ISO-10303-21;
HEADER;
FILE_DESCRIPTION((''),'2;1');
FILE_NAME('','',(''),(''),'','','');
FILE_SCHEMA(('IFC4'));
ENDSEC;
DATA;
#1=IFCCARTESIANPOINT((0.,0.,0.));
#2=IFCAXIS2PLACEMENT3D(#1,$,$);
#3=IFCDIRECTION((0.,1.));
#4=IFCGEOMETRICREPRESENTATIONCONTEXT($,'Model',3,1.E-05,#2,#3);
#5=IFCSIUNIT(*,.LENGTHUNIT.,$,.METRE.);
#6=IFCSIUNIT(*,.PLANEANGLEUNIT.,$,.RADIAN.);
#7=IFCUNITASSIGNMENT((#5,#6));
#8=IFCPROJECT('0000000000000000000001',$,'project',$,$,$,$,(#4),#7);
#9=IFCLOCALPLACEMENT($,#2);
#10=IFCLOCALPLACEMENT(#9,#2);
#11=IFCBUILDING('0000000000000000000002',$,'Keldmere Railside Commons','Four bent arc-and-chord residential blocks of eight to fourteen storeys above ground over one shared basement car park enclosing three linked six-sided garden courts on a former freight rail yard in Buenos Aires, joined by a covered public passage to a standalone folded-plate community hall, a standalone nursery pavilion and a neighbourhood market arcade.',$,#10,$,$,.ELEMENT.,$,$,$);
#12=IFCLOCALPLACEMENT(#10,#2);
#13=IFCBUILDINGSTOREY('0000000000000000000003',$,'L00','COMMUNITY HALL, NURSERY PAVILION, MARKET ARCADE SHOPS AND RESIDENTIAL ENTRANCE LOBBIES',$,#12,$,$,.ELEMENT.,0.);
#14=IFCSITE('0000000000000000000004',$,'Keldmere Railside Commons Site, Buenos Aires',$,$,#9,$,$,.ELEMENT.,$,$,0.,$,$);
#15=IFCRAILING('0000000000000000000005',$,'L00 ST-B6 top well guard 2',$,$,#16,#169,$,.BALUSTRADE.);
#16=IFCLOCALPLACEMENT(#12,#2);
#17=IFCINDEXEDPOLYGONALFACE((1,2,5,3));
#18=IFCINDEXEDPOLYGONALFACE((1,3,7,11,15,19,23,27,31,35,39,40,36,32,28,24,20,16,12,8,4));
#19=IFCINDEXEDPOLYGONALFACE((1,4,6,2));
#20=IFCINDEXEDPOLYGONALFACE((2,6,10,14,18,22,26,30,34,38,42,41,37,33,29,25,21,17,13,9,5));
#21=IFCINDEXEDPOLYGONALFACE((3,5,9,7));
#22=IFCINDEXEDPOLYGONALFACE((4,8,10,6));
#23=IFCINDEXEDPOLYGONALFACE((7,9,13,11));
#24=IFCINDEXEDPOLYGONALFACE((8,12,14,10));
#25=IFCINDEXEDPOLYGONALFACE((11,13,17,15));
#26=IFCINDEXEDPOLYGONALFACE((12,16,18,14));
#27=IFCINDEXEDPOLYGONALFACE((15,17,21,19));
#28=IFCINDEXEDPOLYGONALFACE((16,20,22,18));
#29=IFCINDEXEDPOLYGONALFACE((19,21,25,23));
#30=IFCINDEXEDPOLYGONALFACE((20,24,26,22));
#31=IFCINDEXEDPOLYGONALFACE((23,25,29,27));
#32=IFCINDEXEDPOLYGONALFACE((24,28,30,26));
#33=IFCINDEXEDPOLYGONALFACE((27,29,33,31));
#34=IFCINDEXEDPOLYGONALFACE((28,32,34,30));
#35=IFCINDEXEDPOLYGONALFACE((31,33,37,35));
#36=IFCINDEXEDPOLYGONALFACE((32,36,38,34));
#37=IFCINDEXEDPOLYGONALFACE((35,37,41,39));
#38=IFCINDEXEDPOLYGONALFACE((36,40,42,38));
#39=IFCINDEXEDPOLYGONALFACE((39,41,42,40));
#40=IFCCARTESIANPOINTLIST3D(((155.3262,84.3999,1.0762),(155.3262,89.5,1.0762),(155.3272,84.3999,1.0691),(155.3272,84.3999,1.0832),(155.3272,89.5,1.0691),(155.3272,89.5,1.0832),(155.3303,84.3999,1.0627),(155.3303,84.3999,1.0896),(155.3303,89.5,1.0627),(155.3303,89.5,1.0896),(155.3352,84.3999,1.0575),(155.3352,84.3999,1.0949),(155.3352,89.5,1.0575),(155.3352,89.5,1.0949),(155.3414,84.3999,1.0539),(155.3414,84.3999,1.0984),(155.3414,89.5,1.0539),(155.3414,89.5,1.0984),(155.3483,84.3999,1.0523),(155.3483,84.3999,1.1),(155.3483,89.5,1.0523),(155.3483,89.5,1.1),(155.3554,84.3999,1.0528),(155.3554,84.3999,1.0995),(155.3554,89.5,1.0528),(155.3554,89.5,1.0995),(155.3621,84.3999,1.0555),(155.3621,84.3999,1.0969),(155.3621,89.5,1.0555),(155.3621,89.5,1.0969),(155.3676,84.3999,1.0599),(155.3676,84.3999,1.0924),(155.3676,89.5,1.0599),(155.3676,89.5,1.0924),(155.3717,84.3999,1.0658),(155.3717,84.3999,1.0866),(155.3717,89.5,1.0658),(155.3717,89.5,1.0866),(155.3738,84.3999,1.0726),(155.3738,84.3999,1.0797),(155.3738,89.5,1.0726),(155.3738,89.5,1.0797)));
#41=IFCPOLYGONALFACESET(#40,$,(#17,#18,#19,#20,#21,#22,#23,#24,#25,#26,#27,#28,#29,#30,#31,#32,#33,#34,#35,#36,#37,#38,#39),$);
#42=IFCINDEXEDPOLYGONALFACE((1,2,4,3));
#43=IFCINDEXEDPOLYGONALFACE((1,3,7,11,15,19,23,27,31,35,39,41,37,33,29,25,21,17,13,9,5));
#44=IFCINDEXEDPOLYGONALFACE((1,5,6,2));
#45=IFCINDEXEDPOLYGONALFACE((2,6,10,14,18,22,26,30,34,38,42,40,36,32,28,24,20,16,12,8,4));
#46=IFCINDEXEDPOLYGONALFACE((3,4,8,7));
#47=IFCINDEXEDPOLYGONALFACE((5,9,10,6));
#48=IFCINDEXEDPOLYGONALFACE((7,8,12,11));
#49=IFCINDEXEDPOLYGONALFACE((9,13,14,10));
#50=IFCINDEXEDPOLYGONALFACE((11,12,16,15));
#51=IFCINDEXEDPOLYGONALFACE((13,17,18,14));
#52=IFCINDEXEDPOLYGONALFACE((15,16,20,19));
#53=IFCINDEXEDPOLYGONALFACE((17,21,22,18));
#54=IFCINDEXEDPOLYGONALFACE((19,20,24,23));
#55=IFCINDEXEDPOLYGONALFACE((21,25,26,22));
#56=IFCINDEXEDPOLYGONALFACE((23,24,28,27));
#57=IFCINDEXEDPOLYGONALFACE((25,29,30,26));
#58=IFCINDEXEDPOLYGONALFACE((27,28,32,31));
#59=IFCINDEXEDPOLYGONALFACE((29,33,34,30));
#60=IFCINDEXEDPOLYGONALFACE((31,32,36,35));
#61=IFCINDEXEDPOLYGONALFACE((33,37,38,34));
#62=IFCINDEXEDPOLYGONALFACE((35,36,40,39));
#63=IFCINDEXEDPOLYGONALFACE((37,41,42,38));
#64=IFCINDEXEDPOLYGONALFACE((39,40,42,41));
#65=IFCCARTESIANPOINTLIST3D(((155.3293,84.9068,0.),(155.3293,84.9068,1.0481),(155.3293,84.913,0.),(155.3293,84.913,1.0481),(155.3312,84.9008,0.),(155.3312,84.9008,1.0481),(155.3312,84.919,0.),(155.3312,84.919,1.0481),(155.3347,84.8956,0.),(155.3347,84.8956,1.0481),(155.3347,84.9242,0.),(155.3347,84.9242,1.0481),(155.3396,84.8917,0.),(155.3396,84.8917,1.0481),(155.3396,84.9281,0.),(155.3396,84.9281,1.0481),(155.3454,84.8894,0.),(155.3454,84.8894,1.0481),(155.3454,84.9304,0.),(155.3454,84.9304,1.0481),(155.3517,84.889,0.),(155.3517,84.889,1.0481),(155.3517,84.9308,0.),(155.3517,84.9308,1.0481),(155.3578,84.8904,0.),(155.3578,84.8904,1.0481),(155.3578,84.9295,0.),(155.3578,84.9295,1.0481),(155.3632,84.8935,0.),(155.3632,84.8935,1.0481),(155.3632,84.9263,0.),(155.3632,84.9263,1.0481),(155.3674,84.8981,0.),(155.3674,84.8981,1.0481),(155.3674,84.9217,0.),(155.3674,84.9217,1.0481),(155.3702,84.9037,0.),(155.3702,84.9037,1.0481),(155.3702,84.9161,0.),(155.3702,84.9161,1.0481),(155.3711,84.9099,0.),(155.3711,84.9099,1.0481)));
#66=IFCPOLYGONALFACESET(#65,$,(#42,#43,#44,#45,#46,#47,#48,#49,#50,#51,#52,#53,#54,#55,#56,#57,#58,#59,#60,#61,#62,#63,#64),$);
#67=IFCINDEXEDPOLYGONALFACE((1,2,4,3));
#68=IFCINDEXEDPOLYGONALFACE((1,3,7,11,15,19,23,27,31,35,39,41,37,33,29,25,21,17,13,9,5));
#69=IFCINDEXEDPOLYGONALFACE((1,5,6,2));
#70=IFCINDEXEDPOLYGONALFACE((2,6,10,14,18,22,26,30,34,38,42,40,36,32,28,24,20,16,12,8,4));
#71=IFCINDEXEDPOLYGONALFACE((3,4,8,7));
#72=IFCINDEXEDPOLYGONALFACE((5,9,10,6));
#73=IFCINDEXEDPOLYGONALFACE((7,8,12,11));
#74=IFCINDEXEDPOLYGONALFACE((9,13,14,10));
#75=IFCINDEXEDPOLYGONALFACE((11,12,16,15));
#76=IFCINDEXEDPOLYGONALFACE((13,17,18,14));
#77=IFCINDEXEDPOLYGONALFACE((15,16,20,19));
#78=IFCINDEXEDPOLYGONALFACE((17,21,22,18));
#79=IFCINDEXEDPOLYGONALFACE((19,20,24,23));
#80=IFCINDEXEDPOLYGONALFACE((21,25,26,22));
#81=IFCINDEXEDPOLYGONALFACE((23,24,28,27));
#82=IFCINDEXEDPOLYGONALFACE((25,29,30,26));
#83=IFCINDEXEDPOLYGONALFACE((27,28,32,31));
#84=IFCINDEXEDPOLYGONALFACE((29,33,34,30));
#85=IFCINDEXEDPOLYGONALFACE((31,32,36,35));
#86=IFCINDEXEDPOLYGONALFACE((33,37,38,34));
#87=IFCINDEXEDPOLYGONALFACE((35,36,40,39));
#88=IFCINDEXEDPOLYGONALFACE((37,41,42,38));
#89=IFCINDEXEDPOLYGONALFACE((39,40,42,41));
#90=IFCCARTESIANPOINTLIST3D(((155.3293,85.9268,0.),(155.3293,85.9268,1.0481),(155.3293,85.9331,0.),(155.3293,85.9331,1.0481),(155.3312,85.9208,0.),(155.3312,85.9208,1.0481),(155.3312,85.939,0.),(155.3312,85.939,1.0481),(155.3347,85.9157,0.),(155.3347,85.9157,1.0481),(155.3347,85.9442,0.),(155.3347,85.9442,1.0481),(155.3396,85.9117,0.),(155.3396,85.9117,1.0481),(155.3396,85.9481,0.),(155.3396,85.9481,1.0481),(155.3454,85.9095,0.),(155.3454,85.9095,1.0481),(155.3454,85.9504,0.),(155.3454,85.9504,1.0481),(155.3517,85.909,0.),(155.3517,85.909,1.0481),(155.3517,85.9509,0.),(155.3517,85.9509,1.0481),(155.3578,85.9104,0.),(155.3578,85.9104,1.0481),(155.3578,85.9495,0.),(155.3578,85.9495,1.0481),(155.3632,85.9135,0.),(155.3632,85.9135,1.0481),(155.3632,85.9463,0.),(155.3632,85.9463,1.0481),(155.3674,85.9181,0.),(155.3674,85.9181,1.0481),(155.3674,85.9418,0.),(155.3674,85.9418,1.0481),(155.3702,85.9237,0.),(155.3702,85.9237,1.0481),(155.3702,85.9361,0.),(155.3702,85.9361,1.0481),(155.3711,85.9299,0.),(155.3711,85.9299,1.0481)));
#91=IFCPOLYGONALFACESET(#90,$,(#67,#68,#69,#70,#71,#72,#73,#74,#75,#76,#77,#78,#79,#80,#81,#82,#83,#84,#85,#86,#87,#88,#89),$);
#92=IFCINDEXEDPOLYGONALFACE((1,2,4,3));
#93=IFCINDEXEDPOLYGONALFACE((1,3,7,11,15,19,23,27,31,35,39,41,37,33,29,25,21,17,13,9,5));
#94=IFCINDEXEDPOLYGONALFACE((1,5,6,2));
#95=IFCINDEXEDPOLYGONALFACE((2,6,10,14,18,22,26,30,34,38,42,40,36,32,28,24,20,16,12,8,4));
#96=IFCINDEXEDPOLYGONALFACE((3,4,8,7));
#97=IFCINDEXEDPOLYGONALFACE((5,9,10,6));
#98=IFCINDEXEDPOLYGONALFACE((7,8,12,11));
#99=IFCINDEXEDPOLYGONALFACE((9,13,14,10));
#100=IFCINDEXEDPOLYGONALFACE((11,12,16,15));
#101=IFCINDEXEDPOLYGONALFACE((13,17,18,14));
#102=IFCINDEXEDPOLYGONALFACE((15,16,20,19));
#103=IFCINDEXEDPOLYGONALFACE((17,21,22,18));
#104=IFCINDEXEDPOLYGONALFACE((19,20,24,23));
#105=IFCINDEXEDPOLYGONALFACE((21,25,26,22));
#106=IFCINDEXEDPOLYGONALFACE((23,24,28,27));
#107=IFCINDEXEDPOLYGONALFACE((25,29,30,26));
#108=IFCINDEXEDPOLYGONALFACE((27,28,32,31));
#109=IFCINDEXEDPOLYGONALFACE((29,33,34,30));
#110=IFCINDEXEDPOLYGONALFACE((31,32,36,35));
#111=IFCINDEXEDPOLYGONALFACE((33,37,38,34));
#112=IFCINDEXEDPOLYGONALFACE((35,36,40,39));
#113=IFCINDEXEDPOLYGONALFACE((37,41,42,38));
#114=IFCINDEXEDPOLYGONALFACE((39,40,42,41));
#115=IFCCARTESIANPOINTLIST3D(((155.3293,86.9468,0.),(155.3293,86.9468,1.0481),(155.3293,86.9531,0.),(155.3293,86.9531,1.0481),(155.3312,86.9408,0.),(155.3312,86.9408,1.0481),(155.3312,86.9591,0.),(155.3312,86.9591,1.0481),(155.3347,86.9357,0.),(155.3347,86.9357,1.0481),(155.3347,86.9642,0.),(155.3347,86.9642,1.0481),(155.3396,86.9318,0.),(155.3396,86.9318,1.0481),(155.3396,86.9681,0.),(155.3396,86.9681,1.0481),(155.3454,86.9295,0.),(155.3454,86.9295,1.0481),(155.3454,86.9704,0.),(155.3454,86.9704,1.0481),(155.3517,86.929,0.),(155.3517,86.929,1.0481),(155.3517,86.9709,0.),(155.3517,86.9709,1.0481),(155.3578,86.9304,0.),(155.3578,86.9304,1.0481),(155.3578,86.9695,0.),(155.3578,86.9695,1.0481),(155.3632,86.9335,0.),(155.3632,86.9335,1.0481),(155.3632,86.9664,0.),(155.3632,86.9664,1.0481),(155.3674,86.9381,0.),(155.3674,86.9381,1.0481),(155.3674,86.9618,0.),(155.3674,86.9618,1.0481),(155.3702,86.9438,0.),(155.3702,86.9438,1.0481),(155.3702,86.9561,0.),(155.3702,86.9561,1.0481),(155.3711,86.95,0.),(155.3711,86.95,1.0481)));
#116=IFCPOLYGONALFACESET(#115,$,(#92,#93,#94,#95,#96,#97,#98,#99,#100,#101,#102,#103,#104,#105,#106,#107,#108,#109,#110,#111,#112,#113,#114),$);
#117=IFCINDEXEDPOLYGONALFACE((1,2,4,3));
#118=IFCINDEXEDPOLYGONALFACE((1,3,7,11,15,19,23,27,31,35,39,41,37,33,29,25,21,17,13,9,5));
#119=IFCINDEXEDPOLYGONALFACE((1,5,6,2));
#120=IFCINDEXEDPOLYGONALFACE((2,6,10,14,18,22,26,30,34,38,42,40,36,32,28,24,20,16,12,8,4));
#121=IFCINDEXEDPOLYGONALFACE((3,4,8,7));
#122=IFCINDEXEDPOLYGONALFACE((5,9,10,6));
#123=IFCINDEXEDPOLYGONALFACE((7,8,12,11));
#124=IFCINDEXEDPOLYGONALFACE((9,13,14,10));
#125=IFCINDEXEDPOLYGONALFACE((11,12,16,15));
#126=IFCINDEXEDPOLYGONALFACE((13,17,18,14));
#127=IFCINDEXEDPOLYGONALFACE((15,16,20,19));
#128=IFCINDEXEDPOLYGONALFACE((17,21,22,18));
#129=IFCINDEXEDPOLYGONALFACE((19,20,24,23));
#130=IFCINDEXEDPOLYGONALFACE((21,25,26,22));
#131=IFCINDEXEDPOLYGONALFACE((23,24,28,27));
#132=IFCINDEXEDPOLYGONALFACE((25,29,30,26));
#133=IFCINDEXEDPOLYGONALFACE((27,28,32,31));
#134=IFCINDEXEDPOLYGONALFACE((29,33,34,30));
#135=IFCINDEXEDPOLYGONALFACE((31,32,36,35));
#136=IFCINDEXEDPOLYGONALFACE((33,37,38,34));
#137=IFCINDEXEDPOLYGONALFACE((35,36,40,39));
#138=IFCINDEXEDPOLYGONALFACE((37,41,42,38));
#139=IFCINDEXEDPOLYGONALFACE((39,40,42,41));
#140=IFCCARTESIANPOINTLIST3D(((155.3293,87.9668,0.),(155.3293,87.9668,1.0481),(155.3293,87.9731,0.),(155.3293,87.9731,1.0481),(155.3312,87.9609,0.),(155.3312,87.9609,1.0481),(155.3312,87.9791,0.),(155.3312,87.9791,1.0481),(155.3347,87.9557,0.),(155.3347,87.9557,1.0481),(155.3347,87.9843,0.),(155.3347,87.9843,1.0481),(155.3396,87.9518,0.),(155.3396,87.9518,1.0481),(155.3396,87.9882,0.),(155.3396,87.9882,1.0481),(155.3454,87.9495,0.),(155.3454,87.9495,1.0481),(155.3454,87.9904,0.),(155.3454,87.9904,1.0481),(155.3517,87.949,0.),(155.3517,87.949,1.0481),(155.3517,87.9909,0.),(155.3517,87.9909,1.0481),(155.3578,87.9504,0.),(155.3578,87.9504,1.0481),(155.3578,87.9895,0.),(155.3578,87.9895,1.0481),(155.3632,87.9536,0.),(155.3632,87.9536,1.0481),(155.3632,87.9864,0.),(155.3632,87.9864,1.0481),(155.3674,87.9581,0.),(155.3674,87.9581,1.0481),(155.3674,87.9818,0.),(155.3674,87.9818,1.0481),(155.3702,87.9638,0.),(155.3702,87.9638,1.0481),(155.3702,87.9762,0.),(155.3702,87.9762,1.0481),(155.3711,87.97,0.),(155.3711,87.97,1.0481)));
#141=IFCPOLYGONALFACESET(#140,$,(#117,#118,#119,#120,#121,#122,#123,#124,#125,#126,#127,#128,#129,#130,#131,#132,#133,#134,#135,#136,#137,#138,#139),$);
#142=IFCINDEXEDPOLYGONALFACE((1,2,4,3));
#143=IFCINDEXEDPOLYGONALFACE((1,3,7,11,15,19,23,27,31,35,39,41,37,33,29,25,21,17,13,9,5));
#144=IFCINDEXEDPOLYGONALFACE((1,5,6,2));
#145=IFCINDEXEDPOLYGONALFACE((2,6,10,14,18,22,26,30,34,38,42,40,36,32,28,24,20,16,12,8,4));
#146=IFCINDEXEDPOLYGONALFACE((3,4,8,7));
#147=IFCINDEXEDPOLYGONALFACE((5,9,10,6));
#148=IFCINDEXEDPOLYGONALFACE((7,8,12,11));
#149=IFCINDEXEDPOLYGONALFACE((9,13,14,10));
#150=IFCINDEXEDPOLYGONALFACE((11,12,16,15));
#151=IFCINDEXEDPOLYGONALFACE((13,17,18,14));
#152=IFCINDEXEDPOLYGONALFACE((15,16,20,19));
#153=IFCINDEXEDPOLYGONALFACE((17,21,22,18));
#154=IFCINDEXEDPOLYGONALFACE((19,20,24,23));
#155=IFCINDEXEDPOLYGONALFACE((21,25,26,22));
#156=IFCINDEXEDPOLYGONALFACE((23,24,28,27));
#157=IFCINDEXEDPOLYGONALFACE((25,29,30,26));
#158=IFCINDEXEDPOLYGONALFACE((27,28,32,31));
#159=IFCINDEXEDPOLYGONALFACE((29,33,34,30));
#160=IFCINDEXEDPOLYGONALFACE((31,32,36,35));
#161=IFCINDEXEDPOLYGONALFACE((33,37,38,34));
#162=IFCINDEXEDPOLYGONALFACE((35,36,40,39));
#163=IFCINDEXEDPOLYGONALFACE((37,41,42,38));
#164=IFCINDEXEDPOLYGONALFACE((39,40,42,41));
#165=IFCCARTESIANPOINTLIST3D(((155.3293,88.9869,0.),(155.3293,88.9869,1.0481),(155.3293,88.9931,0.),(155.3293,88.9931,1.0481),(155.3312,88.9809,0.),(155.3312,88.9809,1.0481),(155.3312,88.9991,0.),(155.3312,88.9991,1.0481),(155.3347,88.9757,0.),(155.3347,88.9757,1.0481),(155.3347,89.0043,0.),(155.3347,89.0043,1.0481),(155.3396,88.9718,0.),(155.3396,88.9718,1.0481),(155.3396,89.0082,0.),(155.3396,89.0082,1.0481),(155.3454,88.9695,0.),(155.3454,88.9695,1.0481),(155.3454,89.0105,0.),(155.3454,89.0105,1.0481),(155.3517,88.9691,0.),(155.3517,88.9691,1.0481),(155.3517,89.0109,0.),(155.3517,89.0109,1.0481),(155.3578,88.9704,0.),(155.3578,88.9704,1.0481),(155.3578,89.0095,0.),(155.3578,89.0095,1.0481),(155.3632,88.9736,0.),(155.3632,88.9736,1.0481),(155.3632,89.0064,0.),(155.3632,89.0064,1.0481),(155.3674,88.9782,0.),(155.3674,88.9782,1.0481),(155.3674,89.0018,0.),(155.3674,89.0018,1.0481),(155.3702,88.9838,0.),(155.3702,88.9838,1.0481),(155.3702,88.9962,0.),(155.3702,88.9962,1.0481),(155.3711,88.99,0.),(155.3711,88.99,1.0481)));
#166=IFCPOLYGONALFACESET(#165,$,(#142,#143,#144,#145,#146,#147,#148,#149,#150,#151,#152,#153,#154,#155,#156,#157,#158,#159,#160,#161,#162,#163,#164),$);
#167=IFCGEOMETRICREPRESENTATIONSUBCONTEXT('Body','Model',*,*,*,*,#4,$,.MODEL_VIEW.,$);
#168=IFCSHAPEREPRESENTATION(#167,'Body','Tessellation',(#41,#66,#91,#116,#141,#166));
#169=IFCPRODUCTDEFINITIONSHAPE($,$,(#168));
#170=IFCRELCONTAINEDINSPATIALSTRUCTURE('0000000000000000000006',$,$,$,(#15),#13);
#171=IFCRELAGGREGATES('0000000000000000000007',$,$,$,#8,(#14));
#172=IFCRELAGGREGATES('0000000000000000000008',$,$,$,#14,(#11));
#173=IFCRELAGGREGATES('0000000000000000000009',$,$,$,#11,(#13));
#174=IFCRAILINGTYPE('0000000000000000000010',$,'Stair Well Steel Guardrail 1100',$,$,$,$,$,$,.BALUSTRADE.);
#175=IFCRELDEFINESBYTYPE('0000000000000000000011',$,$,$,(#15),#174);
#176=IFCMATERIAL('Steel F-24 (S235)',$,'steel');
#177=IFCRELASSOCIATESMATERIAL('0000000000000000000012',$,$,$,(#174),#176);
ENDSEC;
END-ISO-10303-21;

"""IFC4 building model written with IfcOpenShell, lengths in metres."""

from ifc_helpers import new_model, si_unit, direction, frame, origin, origin_2d, place, context, subcontext, project, spatial, circle, extrude, material, type_object, element, save


model = new_model("IFC4")

# Units and contexts
model_context = context("Model", 3, precision=1e-05, world=origin(), true_north=direction((0.0, 1.0)))
body_context = subcontext(model_context, "Body", "Model", "MODEL_VIEW")
ifc_project = project(units=[si_unit("LENGTHUNIT", "METRE"), si_unit("PLANEANGLEUNIT", "RADIAN")], contexts=[model_context])

# Site, building, storey
site_placement = place(None, origin())
site = spatial("IfcSite", under=ifc_project, at=site_placement, Name="Keldmere Railside Commons Site, Buenos Aires", CompositionType="ELEMENT", RefElevation=0.0)
building_placement = place(site_placement, origin())
building = spatial("IfcBuilding", under=site, at=building_placement, Name="Keldmere Railside Commons", Description="Four bent arc-and-chord residential blocks of eight to fourteen storeys above ground over one shared basement car park enclosing three linked six-sided garden courts on a former freight rail yard in Buenos Aires, joined by a covered public passage to a standalone folded-plate community hall, a standalone nursery pavilion and a neighbourhood market arcade.", CompositionType="ELEMENT")
storey_placement = place(building_placement, origin())
storey = spatial("IfcBuildingStorey", under=building, at=storey_placement, Name="L00", Description="COMMUNITY HALL, NURSERY PAVILION, MARKET ARCADE SHOPS AND RESIDENTIAL ENTRANCE LOBBIES", CompositionType="ELEMENT", Elevation=0.0)

# Shared definitions
ifc_material_1 = material(Name="Steel F-24 (S235)", Category="steel")

# Railing
railing_type = type_object("IfcRailingType", Name="Stair Well Steel Guardrail 1100", PredefinedType="BALUSTRADE", material=ifc_material_1)
railing_1_placement = place(storey_placement, frame((155.3501, 84.3999, 0.0)))
element("IfcRailing", 1, at=railing_1_placement, inside=storey, type_object=railing_type, Name="L00 ST-B6 top well guard 2", PredefinedType="BALUSTRADE", context=body_context, shape_type="SweptSolid", body=[
    extrude(circle(Radius=0.0239, at=origin_2d()), frame((0.0, 0.0, 1.0762), z_axis=(0.0, 1.0, 0.0), x_axis=(-1.0, 0.0, 0.0)), (0.0, 0.0, 1.0), 5.1001),
    extrude(circle(Radius=0.021, at=origin_2d()), frame((0.0, 0.51, 0.0)), (0.0, 0.0, 1.0), 1.0481),
    extrude(circle(Radius=0.021, at=origin_2d()), frame((0.0, 1.53, 0.0)), (0.0, 0.0, 1.0), 1.0481),
    extrude(circle(Radius=0.021, at=origin_2d()), frame((0.0, 2.55, 0.0)), (0.0, 0.0, 1.0), 1.0481),
    extrude(circle(Radius=0.021, at=origin_2d()), frame((0.0, 3.5701, 0.0)), (0.0, 0.0, 1.0), 1.0481),
    extrude(circle(Radius=0.021, at=origin_2d()), frame((0.0, 4.5901, 0.0)), (0.0, 0.0, 1.0), 1.0481),
])

save(model, "model.ifc")
